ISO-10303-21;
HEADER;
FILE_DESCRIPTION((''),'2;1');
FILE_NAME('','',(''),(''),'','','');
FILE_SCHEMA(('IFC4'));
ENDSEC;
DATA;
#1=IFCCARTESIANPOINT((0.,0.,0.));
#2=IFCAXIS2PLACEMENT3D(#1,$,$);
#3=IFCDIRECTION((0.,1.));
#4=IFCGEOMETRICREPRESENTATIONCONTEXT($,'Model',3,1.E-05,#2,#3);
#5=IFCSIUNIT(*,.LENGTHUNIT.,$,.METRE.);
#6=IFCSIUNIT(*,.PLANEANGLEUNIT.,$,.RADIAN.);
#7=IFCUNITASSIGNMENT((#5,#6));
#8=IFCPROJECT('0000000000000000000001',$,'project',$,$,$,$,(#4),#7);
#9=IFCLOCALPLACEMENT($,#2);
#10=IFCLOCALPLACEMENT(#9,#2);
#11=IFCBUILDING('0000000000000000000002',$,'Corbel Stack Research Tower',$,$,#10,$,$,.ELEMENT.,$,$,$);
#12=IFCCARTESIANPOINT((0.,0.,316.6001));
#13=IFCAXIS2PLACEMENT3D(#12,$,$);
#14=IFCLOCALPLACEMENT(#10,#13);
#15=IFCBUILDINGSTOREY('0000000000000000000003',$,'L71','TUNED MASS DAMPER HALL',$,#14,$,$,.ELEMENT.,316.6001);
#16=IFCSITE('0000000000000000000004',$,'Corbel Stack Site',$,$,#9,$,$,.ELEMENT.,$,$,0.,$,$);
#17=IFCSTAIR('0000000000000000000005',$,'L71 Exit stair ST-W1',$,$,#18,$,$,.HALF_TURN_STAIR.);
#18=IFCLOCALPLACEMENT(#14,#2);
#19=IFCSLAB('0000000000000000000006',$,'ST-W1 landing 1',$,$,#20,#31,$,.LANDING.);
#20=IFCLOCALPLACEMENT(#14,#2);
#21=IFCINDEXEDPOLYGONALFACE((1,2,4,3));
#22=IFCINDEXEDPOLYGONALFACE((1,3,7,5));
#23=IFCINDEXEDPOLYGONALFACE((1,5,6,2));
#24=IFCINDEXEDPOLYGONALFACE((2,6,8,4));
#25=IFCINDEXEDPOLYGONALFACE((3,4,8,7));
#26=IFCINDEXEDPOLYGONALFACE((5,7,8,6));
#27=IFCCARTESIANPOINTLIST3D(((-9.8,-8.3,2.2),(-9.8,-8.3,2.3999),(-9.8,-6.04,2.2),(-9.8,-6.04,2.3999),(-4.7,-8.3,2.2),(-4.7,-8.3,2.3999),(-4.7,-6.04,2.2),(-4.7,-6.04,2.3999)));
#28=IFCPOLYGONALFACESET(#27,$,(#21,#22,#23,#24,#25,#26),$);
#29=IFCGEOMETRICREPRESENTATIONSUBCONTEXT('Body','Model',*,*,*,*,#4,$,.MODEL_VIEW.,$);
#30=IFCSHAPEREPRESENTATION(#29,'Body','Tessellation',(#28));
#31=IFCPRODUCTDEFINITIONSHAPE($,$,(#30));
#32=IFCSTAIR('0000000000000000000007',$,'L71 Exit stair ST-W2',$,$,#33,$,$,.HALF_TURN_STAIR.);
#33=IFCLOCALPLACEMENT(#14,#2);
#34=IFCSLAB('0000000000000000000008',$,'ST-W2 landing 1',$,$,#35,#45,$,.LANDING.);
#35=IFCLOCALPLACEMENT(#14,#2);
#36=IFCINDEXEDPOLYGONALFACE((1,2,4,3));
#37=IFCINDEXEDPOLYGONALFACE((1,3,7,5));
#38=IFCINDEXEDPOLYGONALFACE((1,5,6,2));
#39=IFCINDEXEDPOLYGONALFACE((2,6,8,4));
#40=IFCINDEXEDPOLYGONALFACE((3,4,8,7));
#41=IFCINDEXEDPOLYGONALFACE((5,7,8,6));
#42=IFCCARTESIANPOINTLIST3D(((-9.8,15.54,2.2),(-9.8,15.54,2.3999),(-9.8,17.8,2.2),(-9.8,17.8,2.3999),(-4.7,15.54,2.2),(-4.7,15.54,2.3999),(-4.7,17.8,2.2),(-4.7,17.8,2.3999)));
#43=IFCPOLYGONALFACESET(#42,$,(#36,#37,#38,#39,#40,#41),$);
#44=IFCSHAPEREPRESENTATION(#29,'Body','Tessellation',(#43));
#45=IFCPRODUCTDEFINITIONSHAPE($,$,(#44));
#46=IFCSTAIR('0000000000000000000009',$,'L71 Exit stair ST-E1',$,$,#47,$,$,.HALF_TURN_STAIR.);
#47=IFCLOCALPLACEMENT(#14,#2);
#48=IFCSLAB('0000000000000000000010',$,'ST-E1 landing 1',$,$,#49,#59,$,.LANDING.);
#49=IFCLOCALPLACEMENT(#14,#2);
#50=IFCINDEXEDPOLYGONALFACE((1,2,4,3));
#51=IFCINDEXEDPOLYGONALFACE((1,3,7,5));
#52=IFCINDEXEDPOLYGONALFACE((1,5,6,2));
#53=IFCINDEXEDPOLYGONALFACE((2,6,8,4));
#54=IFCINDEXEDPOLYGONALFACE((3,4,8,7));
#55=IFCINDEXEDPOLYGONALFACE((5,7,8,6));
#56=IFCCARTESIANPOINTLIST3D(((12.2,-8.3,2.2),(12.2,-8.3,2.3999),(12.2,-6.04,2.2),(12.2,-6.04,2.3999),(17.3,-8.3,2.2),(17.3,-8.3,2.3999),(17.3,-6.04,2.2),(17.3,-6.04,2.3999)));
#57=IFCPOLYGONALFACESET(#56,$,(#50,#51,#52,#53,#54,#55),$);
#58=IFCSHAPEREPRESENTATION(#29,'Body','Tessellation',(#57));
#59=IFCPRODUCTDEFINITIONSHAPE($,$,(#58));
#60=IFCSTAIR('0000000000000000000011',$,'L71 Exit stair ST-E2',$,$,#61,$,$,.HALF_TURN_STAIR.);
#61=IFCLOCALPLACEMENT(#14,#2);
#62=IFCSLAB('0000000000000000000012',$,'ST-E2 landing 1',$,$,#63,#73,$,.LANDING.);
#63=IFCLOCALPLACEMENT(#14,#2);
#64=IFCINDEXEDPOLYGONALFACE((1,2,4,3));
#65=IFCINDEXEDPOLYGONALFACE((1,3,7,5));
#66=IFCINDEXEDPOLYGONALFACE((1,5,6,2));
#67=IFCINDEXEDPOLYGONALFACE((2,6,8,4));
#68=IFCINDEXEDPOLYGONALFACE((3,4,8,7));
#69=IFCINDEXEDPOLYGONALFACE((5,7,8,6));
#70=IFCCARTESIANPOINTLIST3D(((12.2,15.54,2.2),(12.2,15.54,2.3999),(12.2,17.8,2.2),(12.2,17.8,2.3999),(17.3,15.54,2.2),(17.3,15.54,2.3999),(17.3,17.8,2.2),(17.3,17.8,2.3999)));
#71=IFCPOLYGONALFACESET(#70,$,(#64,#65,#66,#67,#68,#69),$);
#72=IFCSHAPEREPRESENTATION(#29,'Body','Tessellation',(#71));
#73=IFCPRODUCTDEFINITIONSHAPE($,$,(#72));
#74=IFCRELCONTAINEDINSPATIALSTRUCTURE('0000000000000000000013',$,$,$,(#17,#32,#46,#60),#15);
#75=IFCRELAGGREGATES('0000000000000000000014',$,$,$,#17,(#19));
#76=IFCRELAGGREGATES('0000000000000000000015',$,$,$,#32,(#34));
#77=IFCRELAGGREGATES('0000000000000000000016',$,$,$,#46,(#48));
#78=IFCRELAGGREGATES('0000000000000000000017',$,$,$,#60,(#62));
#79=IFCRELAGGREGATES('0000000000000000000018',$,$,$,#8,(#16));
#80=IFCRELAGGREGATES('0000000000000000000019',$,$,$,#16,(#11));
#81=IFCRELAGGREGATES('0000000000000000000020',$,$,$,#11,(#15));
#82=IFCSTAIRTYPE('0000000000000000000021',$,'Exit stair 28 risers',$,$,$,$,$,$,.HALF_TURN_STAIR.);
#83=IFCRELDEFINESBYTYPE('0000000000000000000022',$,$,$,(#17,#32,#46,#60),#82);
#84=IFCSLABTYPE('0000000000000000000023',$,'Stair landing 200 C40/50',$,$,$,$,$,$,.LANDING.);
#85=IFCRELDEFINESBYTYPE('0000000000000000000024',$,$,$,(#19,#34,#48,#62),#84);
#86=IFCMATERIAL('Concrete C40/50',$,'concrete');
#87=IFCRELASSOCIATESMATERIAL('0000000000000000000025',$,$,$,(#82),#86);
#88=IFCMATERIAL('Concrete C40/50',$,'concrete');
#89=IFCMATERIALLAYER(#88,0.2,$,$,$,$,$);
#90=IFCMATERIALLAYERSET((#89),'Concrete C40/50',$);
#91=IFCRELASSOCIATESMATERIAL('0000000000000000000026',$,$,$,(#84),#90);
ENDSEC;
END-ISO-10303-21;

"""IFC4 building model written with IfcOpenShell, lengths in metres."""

from ifc_helpers import new_model, si_unit, direction, frame, origin, place, context, subcontext, project, spatial, polyline, outline, extrude, material, layer, layer_set, type_object, element, aggregate, save


model = new_model("IFC4")

# Units and contexts
model_context = context("Model", 3, precision=1e-05, world=origin(), true_north=direction((0.0, 1.0)))
body_context = subcontext(model_context, "Body", "Model", "MODEL_VIEW")
ifc_project = project(units=[si_unit("LENGTHUNIT", "METRE"), si_unit("PLANEANGLEUNIT", "RADIAN")], contexts=[model_context])

# Site, building, storey
site_placement = place(None, origin())
site = spatial("IfcSite", under=ifc_project, at=site_placement, Name="Corbel Stack Site", CompositionType="ELEMENT", RefElevation=0.0)
building_placement = place(site_placement, origin())
building = spatial("IfcBuilding", under=site, at=building_placement, Name="Corbel Stack Research Tower", CompositionType="ELEMENT")
storey_placement = place(building_placement, frame((0.0, 0.0, 316.6001)))
storey = spatial("IfcBuildingStorey", under=building, at=storey_placement, Name="L71", Description="TUNED MASS DAMPER HALL", CompositionType="ELEMENT", Elevation=316.6001)

# Stairs, slabs
ifc_material_1 = material(Name="Concrete C40/50", Category="concrete")
stair_type = type_object("IfcStairType", Name="Exit stair 28 risers", PredefinedType="HALF_TURN_STAIR", material=ifc_material_1)
stair_1_placement = place(storey_placement, origin())
stair_1 = element("IfcStair", 1, at=stair_1_placement, inside=storey, type_object=stair_type, Name="L71 Exit stair ST-W1", PredefinedType="HALF_TURN_STAIR")
ifc_material_2 = material(Name="Concrete C40/50", Category="concrete")
ifc_layer_1 = layer(ifc_material_2, 0.2)
ifc_layer_set_1 = layer_set([ifc_layer_1], Name="Concrete C40/50")
slab_type_1 = type_object("IfcSlabType", Name="Stair landing 200 C40/50", PredefinedType="LANDING", material=ifc_layer_set_1)
slab_1_placement = place(storey_placement, frame((0.0, 0.0, 2.2)))
slab_1 = element("IfcSlab", 2, at=slab_1_placement, type_object=slab_type_1, Name="ST-W1 landing 1", PredefinedType="LANDING", context=body_context, shape_type="SweptSolid", body=[
    extrude(outline(polyline([(-9.8, -8.3), (-9.8, -6.04), (-4.7, -6.04), (-4.7, -8.3), (-9.8, -8.3)])), origin(), (0.0, 0.0, 1.0), 0.2),
])
aggregate(stair_1, [slab_1])
stair_2_placement = place(storey_placement, origin())
stair_2 = element("IfcStair", 3, at=stair_2_placement, inside=storey, type_object=stair_type, Name="L71 Exit stair ST-W2", PredefinedType="HALF_TURN_STAIR")
slab_2_placement = place(storey_placement, frame((0.0, 0.0, 2.2)))
slab_2 = element("IfcSlab", 4, at=slab_2_placement, type_object=slab_type_1, Name="ST-W2 landing 1", PredefinedType="LANDING", context=body_context, shape_type="SweptSolid", body=[
    extrude(outline(polyline([(-9.8, 15.54), (-9.8, 17.8), (-4.7, 17.8), (-4.7, 15.54), (-9.8, 15.54)])), origin(), (0.0, 0.0, 1.0), 0.2),
])
aggregate(stair_2, [slab_2])
stair_3_placement = place(storey_placement, origin())
stair_3 = element("IfcStair", 5, at=stair_3_placement, inside=storey, type_object=stair_type, Name="L71 Exit stair ST-E1", PredefinedType="HALF_TURN_STAIR")
slab_3_placement = place(storey_placement, frame((0.0, 0.0, 2.2)))
slab_3 = element("IfcSlab", 6, at=slab_3_placement, type_object=slab_type_1, Name="ST-E1 landing 1", PredefinedType="LANDING", context=body_context, shape_type="SweptSolid", body=[
    extrude(outline(polyline([(12.2, -8.3), (12.2, -6.04), (17.3, -6.04), (17.3, -8.3), (12.2, -8.3)])), origin(), (0.0, 0.0, 1.0), 0.2),
])
aggregate(stair_3, [slab_3])
stair_4_placement = place(storey_placement, origin())
stair_4 = element("IfcStair", 7, at=stair_4_placement, inside=storey, type_object=stair_type, Name="L71 Exit stair ST-E2", PredefinedType="HALF_TURN_STAIR")
slab_4_placement = place(storey_placement, frame((0.0, 0.0, 2.2)))
slab_4 = element("IfcSlab", 8, at=slab_4_placement, type_object=slab_type_1, Name="ST-E2 landing 1", PredefinedType="LANDING", context=body_context, shape_type="SweptSolid", body=[
    extrude(outline(polyline([(12.2, 15.54), (12.2, 17.8), (17.3, 17.8), (17.3, 15.54), (12.2, 15.54)])), origin(), (0.0, 0.0, 1.0), 0.2),
])
aggregate(stair_4, [slab_4])

save(model, "model.ifc")
